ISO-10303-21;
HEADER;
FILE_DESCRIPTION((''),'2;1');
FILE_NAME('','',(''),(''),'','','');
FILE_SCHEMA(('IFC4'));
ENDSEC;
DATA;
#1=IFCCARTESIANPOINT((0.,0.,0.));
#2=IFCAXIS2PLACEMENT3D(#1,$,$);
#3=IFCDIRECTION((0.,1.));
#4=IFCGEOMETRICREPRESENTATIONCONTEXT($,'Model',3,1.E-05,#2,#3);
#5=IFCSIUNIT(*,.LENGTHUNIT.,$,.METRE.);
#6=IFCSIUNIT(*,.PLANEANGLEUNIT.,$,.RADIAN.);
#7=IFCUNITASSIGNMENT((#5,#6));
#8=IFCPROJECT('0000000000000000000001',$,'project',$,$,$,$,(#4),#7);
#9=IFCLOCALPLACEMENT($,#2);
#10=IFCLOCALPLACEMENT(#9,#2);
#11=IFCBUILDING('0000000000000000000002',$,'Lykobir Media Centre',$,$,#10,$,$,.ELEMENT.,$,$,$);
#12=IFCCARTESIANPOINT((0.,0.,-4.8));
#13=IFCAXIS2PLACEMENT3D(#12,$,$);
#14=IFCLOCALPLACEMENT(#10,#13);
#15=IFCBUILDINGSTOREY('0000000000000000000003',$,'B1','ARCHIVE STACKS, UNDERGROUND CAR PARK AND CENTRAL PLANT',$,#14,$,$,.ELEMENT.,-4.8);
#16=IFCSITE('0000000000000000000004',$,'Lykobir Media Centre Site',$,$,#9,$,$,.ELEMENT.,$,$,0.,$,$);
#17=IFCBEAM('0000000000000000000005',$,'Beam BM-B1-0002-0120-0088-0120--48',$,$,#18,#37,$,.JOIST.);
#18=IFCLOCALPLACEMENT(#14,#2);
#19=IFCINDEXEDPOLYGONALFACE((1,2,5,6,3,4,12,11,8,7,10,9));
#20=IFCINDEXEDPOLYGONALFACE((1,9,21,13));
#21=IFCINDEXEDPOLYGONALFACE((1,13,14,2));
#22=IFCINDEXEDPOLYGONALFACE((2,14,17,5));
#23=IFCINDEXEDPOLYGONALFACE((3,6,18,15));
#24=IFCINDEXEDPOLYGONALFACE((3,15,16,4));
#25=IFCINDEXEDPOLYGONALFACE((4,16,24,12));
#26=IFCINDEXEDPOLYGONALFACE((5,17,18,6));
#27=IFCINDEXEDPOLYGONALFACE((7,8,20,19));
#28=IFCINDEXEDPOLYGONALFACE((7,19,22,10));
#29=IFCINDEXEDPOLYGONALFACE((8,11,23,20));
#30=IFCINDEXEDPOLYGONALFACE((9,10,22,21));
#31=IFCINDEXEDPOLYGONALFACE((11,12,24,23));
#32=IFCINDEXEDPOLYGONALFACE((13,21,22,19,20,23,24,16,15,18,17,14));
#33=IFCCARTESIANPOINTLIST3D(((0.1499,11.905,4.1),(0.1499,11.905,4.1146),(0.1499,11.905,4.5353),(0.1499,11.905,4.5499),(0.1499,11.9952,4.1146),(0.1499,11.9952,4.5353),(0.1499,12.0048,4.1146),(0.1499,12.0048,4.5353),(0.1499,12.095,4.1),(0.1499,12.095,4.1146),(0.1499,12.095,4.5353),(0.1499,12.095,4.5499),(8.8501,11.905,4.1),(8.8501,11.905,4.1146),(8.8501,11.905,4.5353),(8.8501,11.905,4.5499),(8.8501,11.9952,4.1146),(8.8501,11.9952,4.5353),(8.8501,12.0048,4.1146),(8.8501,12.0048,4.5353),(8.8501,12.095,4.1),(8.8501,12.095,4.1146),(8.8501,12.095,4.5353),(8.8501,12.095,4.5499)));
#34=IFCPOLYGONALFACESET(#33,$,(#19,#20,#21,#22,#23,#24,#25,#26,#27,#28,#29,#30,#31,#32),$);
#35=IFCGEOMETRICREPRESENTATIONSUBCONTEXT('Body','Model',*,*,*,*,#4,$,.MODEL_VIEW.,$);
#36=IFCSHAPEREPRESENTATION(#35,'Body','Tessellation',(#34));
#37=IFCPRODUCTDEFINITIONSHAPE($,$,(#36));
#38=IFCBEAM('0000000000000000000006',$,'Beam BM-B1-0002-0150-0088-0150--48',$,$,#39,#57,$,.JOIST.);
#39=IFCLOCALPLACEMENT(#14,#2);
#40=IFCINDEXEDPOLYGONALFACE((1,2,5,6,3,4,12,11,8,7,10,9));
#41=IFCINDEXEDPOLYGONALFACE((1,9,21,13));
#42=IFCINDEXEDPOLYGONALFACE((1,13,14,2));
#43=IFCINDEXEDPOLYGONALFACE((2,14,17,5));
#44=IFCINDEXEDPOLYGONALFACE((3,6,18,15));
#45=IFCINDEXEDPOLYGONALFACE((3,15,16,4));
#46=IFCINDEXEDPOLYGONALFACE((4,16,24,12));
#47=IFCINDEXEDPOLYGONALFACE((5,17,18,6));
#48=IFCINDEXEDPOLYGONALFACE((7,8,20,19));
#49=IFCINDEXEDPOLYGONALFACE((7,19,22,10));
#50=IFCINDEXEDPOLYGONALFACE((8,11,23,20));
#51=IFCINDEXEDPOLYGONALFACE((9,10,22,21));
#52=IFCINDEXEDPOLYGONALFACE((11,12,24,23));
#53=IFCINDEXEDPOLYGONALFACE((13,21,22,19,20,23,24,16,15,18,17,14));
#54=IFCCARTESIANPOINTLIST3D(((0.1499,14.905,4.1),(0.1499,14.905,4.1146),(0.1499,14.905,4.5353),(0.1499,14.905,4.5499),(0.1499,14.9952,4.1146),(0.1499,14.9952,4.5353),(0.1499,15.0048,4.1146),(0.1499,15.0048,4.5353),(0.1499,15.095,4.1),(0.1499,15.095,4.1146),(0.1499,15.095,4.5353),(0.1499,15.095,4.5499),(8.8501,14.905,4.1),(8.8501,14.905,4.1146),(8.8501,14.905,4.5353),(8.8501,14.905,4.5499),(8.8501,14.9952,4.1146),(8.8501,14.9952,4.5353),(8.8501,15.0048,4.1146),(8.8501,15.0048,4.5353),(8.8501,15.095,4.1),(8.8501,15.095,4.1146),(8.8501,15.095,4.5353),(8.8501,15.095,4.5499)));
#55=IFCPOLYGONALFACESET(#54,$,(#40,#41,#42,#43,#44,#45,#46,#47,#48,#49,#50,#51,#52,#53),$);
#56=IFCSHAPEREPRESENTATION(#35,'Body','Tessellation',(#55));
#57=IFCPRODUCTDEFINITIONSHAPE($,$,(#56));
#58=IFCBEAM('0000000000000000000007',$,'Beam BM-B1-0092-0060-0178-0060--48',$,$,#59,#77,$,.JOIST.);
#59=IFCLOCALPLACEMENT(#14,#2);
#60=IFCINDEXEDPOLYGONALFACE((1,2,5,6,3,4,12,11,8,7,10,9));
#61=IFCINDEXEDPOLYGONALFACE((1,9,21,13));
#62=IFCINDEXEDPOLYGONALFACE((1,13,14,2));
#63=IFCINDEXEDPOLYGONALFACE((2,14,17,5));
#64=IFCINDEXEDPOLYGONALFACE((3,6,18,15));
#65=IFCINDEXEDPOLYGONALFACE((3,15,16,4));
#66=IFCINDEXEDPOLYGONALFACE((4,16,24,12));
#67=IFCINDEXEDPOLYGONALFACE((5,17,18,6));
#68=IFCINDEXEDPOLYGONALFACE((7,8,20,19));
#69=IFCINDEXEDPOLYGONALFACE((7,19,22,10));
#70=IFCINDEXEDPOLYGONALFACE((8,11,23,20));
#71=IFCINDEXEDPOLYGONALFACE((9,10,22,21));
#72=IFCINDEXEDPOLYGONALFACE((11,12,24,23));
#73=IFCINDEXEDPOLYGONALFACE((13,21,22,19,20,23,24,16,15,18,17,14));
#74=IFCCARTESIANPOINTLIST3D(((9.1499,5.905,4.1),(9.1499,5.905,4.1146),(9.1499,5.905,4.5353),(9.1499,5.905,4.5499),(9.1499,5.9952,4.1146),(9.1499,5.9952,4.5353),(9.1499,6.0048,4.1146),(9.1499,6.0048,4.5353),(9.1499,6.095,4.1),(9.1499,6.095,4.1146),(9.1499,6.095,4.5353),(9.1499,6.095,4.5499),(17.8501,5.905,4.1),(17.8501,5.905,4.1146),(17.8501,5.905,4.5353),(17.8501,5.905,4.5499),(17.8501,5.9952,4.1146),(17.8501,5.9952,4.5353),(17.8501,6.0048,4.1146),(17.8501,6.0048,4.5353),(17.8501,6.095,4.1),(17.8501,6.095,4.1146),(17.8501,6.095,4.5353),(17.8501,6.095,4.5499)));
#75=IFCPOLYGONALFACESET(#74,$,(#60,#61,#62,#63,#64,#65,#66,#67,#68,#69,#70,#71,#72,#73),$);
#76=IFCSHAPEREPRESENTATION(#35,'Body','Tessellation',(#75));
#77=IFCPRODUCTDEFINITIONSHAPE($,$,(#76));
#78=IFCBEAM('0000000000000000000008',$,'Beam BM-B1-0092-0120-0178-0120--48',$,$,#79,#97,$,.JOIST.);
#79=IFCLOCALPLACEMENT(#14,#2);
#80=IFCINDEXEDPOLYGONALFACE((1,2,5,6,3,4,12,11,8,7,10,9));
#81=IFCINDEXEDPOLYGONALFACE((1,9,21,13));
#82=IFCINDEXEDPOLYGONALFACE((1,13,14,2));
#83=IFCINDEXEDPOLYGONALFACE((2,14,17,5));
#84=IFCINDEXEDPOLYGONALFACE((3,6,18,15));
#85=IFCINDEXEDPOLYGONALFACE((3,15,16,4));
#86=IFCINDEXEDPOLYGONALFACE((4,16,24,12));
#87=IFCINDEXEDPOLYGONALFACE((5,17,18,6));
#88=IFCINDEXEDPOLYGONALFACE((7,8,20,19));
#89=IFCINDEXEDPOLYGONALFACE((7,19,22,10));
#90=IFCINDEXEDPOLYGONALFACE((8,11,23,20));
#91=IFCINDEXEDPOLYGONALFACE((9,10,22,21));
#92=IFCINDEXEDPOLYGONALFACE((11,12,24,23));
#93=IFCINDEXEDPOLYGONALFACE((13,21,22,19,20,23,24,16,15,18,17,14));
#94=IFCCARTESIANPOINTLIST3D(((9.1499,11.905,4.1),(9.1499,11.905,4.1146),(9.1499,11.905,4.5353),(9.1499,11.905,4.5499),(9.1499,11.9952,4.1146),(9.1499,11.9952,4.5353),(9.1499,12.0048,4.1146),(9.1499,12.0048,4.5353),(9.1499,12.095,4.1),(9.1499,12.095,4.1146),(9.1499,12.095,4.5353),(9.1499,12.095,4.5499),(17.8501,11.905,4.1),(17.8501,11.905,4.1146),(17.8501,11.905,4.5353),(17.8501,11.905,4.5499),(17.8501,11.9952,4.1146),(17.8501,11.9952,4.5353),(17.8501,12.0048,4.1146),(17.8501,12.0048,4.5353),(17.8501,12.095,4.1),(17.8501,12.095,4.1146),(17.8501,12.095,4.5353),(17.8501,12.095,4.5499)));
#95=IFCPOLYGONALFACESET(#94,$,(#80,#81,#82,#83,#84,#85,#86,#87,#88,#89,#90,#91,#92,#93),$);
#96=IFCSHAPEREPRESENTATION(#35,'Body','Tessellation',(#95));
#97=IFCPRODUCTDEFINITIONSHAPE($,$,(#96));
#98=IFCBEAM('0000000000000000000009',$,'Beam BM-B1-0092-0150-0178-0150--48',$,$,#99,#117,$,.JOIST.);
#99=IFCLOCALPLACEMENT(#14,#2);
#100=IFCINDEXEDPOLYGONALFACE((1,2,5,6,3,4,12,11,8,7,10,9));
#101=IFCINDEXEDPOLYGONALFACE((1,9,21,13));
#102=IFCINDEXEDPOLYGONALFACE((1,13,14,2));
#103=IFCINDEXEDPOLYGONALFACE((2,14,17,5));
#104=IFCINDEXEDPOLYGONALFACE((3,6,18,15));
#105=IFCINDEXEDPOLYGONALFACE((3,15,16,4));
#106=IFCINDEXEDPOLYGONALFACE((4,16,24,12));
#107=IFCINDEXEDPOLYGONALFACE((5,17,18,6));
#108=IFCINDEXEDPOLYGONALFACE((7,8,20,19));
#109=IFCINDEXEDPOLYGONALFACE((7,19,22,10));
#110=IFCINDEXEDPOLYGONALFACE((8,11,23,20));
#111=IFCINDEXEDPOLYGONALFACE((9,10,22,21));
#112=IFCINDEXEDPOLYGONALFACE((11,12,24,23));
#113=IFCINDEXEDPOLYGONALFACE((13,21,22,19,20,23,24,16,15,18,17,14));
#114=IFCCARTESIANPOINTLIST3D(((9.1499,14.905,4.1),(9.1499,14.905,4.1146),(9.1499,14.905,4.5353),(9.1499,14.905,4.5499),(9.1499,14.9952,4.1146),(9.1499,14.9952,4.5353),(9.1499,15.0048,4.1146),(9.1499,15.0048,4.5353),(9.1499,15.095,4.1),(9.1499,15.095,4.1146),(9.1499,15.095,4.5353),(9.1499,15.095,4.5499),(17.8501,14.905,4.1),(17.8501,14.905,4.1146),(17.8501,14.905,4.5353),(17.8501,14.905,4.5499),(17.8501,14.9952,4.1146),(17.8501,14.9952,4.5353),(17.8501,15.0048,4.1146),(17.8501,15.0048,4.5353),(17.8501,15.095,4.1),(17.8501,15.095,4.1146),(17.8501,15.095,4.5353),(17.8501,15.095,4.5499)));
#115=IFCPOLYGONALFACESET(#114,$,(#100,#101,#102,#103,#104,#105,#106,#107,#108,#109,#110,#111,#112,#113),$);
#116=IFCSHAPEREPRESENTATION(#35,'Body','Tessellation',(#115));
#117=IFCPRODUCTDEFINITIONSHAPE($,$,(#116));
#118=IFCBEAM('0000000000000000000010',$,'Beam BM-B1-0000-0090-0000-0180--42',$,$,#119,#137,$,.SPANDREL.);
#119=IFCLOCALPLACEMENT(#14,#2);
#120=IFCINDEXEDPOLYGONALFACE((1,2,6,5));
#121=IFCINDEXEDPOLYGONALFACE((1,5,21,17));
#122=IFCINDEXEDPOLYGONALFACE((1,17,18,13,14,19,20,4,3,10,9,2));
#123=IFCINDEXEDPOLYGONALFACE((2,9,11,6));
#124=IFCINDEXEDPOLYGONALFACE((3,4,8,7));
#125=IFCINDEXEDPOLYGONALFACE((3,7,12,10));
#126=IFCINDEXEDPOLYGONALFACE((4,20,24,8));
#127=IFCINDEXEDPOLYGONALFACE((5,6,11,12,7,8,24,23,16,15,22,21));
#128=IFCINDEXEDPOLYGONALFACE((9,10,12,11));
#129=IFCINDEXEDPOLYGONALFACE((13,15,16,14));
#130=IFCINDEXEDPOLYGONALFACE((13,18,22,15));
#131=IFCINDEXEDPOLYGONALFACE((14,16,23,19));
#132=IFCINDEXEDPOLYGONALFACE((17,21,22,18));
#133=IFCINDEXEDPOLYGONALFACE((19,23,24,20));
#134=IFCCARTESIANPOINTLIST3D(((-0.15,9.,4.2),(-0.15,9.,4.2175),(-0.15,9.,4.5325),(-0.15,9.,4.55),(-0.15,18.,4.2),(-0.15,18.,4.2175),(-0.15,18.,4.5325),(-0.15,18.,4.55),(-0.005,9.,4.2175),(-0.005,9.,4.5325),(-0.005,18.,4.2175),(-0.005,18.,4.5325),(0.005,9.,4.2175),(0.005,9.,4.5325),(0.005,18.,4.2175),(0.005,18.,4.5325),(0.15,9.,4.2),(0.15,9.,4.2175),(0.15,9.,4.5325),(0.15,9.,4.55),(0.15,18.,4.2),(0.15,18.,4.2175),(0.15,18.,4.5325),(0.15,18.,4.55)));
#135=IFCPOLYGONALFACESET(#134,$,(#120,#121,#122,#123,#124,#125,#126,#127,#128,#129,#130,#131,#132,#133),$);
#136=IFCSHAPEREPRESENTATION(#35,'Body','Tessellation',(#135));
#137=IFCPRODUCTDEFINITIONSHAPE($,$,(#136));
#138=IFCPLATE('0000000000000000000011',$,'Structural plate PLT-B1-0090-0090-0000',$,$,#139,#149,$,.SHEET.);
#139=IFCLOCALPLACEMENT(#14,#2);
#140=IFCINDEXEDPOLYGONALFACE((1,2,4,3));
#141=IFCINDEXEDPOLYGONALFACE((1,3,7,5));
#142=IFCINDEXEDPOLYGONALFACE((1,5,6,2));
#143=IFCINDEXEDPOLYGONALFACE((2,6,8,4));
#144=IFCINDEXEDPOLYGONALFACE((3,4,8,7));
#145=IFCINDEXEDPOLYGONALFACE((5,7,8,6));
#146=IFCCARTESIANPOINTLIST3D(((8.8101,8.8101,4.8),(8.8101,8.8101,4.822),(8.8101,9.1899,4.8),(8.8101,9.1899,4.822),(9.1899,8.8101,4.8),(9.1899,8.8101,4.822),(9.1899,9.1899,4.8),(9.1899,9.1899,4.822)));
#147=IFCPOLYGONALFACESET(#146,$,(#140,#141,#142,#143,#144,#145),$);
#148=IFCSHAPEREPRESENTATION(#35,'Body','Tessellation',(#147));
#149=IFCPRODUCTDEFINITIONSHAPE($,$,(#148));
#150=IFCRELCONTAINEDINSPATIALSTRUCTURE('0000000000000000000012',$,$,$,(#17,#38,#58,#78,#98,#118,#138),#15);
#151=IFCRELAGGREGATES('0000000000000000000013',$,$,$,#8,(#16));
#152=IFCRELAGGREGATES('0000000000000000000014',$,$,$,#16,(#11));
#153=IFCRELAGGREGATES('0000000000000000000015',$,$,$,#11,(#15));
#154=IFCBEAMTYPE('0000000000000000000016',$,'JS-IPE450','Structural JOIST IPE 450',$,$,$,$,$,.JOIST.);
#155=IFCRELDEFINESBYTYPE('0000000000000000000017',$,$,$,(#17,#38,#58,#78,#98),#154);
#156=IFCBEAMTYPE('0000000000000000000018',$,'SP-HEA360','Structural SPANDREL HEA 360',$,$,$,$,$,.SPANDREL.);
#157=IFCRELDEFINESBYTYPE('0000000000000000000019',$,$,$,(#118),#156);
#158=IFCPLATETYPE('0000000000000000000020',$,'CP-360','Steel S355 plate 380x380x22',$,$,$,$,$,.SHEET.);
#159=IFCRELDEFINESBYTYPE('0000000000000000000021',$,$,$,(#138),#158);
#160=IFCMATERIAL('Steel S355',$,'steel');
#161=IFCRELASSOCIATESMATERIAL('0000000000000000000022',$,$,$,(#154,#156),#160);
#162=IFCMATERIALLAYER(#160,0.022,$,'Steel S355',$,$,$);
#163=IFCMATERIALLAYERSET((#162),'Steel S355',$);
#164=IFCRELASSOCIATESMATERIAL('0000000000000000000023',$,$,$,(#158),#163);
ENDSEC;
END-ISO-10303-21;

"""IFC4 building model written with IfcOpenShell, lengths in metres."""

from ifc_helpers import new_model, si_unit, direction, frame, origin, origin_2d, place, context, subcontext, project, spatial, rectangle, i_section, extrude, material, layer, layer_set, material_profile, profile_set, type_object, element, save


model = new_model("IFC4")

# Units and contexts
model_context = context("Model", 3, precision=1e-05, world=origin(), true_north=direction((0.0, 1.0)))
body_context = subcontext(model_context, "Body", "Model", "MODEL_VIEW")
ifc_project = project(units=[si_unit("LENGTHUNIT", "METRE"), si_unit("PLANEANGLEUNIT", "RADIAN")], contexts=[model_context])

# Site, building, storey
site_placement = place(None, origin())
site = spatial("IfcSite", under=ifc_project, at=site_placement, Name="Lykobir Media Centre Site", CompositionType="ELEMENT", RefElevation=0.0)
building_placement = place(site_placement, origin())
building = spatial("IfcBuilding", under=site, at=building_placement, Name="Lykobir Media Centre", CompositionType="ELEMENT")
storey_placement = place(building_placement, frame((0.0, 0.0, -4.8)))
storey = spatial("IfcBuildingStorey", under=building, at=storey_placement, Name="B1", Description="ARCHIVE STACKS, UNDERGROUND CAR PARK AND CENTRAL PLANT", CompositionType="ELEMENT", Elevation=-4.8)

# Shared definitions
ifc_material_1 = material(Name="Steel S355", Category="steel")

# Beams
ifc_material_profile_1 = material_profile(ifc_material_1, i_section(OverallWidth=0.1899, OverallDepth=0.45, WebThickness=0.0095, FlangeThickness=0.0146, at=origin_2d()), Name="IPE 450")
ifc_profile_set_1 = profile_set([ifc_material_profile_1], Name="Steel S355")
beam_type_1 = type_object("IfcBeamType", Name="JS-IPE450", Description="Structural JOIST IPE 450", PredefinedType="JOIST", material=ifc_profile_set_1)
for number, where, z_axis, x_axis, name in (
    (1, (0.1499, 12.0, 4.325), (1.0, 0.0, 0.0), (0.0, 1.0, 0.0), "Beam BM-B1-0002-0120-0088-0120--48"),
    (2, (0.1499, 15.0, 4.325), (1.0, 0.0, 0.0), (0.0, 1.0, 0.0), "Beam BM-B1-0002-0150-0088-0150--48"),
    (3, (9.1499, 6.0, 4.325), (1.0, 0.0, 0.0), (0.0, 1.0, 0.0), "Beam BM-B1-0092-0060-0178-0060--48"),
    (4, (9.1499, 12.0, 4.325), (1.0, 0.0, 0.0), (0.0, 1.0, 0.0), "Beam BM-B1-0092-0120-0178-0120--48"),
    (5, (9.1499, 15.0, 4.325), (1.0, 0.0, 0.0), (0.0, 1.0, 0.0), "Beam BM-B1-0092-0150-0178-0150--48"),
):
    element("IfcBeam", number, at=place(storey_placement, frame(where, z_axis=z_axis, x_axis=x_axis)), inside=storey, type_object=beam_type_1, Name=name, PredefinedType="JOIST", context=body_context, shape_type="SweptSolid", body=[
        extrude(i_section(OverallWidth=0.1899, OverallDepth=0.45, WebThickness=0.0095, FlangeThickness=0.0146, at=origin_2d()), origin(), (0.0, 0.0, 1.0), 8.7002),
    ])
ifc_material_profile_2 = material_profile(ifc_material_1, i_section(OverallWidth=0.3, OverallDepth=0.3501, WebThickness=0.01, FlangeThickness=0.0176, at=origin_2d()), Name="HEA 360")
ifc_profile_set_2 = profile_set([ifc_material_profile_2], Name="Steel S355")
beam_type_2 = type_object("IfcBeamType", Name="SP-HEA360", Description="Structural SPANDREL HEA 360", PredefinedType="SPANDREL", material=ifc_profile_set_2)
beam_1_placement = place(storey_placement, frame((0.0, 9.0, 4.375), z_axis=(0.0, 1.0, 0.0), x_axis=(-1.0, 0.0, 0.0)))
element("IfcBeam", 6, at=beam_1_placement, inside=storey, type_object=beam_type_2, Name="Beam BM-B1-0000-0090-0000-0180--42", PredefinedType="SPANDREL", context=body_context, shape_type="SweptSolid", body=[
    extrude(i_section(OverallWidth=0.3, OverallDepth=0.3501, WebThickness=0.01, FlangeThickness=0.0176, at=origin_2d()), origin(), (0.0, 0.0, 1.0), 9.0),
])

# Plate
ifc_layer = layer(ifc_material_1, 0.022, Name="Steel S355")
ifc_layer_set = layer_set([ifc_layer], Name="Steel S355")
plate_type = type_object("IfcPlateType", Name="CP-360", Description="Steel S355 plate 380x380x22", PredefinedType="SHEET", material=ifc_layer_set)
plate_placement = place(storey_placement, frame((9.0, 9.0, 4.8), z_axis=(0.0, 0.0, 1.0), x_axis=(1.0, 0.0, 0.0)))
element("IfcPlate", 7, at=plate_placement, inside=storey, type_object=plate_type, Name="Structural plate PLT-B1-0090-0090-0000", PredefinedType="SHEET", context=body_context, shape_type="SweptSolid", body=[
    extrude(rectangle(XDim=0.3799, YDim=0.3799, at=origin_2d()), origin(), (0.0, 0.0, 1.0), 0.022),
])

save(model, "model.ifc")
